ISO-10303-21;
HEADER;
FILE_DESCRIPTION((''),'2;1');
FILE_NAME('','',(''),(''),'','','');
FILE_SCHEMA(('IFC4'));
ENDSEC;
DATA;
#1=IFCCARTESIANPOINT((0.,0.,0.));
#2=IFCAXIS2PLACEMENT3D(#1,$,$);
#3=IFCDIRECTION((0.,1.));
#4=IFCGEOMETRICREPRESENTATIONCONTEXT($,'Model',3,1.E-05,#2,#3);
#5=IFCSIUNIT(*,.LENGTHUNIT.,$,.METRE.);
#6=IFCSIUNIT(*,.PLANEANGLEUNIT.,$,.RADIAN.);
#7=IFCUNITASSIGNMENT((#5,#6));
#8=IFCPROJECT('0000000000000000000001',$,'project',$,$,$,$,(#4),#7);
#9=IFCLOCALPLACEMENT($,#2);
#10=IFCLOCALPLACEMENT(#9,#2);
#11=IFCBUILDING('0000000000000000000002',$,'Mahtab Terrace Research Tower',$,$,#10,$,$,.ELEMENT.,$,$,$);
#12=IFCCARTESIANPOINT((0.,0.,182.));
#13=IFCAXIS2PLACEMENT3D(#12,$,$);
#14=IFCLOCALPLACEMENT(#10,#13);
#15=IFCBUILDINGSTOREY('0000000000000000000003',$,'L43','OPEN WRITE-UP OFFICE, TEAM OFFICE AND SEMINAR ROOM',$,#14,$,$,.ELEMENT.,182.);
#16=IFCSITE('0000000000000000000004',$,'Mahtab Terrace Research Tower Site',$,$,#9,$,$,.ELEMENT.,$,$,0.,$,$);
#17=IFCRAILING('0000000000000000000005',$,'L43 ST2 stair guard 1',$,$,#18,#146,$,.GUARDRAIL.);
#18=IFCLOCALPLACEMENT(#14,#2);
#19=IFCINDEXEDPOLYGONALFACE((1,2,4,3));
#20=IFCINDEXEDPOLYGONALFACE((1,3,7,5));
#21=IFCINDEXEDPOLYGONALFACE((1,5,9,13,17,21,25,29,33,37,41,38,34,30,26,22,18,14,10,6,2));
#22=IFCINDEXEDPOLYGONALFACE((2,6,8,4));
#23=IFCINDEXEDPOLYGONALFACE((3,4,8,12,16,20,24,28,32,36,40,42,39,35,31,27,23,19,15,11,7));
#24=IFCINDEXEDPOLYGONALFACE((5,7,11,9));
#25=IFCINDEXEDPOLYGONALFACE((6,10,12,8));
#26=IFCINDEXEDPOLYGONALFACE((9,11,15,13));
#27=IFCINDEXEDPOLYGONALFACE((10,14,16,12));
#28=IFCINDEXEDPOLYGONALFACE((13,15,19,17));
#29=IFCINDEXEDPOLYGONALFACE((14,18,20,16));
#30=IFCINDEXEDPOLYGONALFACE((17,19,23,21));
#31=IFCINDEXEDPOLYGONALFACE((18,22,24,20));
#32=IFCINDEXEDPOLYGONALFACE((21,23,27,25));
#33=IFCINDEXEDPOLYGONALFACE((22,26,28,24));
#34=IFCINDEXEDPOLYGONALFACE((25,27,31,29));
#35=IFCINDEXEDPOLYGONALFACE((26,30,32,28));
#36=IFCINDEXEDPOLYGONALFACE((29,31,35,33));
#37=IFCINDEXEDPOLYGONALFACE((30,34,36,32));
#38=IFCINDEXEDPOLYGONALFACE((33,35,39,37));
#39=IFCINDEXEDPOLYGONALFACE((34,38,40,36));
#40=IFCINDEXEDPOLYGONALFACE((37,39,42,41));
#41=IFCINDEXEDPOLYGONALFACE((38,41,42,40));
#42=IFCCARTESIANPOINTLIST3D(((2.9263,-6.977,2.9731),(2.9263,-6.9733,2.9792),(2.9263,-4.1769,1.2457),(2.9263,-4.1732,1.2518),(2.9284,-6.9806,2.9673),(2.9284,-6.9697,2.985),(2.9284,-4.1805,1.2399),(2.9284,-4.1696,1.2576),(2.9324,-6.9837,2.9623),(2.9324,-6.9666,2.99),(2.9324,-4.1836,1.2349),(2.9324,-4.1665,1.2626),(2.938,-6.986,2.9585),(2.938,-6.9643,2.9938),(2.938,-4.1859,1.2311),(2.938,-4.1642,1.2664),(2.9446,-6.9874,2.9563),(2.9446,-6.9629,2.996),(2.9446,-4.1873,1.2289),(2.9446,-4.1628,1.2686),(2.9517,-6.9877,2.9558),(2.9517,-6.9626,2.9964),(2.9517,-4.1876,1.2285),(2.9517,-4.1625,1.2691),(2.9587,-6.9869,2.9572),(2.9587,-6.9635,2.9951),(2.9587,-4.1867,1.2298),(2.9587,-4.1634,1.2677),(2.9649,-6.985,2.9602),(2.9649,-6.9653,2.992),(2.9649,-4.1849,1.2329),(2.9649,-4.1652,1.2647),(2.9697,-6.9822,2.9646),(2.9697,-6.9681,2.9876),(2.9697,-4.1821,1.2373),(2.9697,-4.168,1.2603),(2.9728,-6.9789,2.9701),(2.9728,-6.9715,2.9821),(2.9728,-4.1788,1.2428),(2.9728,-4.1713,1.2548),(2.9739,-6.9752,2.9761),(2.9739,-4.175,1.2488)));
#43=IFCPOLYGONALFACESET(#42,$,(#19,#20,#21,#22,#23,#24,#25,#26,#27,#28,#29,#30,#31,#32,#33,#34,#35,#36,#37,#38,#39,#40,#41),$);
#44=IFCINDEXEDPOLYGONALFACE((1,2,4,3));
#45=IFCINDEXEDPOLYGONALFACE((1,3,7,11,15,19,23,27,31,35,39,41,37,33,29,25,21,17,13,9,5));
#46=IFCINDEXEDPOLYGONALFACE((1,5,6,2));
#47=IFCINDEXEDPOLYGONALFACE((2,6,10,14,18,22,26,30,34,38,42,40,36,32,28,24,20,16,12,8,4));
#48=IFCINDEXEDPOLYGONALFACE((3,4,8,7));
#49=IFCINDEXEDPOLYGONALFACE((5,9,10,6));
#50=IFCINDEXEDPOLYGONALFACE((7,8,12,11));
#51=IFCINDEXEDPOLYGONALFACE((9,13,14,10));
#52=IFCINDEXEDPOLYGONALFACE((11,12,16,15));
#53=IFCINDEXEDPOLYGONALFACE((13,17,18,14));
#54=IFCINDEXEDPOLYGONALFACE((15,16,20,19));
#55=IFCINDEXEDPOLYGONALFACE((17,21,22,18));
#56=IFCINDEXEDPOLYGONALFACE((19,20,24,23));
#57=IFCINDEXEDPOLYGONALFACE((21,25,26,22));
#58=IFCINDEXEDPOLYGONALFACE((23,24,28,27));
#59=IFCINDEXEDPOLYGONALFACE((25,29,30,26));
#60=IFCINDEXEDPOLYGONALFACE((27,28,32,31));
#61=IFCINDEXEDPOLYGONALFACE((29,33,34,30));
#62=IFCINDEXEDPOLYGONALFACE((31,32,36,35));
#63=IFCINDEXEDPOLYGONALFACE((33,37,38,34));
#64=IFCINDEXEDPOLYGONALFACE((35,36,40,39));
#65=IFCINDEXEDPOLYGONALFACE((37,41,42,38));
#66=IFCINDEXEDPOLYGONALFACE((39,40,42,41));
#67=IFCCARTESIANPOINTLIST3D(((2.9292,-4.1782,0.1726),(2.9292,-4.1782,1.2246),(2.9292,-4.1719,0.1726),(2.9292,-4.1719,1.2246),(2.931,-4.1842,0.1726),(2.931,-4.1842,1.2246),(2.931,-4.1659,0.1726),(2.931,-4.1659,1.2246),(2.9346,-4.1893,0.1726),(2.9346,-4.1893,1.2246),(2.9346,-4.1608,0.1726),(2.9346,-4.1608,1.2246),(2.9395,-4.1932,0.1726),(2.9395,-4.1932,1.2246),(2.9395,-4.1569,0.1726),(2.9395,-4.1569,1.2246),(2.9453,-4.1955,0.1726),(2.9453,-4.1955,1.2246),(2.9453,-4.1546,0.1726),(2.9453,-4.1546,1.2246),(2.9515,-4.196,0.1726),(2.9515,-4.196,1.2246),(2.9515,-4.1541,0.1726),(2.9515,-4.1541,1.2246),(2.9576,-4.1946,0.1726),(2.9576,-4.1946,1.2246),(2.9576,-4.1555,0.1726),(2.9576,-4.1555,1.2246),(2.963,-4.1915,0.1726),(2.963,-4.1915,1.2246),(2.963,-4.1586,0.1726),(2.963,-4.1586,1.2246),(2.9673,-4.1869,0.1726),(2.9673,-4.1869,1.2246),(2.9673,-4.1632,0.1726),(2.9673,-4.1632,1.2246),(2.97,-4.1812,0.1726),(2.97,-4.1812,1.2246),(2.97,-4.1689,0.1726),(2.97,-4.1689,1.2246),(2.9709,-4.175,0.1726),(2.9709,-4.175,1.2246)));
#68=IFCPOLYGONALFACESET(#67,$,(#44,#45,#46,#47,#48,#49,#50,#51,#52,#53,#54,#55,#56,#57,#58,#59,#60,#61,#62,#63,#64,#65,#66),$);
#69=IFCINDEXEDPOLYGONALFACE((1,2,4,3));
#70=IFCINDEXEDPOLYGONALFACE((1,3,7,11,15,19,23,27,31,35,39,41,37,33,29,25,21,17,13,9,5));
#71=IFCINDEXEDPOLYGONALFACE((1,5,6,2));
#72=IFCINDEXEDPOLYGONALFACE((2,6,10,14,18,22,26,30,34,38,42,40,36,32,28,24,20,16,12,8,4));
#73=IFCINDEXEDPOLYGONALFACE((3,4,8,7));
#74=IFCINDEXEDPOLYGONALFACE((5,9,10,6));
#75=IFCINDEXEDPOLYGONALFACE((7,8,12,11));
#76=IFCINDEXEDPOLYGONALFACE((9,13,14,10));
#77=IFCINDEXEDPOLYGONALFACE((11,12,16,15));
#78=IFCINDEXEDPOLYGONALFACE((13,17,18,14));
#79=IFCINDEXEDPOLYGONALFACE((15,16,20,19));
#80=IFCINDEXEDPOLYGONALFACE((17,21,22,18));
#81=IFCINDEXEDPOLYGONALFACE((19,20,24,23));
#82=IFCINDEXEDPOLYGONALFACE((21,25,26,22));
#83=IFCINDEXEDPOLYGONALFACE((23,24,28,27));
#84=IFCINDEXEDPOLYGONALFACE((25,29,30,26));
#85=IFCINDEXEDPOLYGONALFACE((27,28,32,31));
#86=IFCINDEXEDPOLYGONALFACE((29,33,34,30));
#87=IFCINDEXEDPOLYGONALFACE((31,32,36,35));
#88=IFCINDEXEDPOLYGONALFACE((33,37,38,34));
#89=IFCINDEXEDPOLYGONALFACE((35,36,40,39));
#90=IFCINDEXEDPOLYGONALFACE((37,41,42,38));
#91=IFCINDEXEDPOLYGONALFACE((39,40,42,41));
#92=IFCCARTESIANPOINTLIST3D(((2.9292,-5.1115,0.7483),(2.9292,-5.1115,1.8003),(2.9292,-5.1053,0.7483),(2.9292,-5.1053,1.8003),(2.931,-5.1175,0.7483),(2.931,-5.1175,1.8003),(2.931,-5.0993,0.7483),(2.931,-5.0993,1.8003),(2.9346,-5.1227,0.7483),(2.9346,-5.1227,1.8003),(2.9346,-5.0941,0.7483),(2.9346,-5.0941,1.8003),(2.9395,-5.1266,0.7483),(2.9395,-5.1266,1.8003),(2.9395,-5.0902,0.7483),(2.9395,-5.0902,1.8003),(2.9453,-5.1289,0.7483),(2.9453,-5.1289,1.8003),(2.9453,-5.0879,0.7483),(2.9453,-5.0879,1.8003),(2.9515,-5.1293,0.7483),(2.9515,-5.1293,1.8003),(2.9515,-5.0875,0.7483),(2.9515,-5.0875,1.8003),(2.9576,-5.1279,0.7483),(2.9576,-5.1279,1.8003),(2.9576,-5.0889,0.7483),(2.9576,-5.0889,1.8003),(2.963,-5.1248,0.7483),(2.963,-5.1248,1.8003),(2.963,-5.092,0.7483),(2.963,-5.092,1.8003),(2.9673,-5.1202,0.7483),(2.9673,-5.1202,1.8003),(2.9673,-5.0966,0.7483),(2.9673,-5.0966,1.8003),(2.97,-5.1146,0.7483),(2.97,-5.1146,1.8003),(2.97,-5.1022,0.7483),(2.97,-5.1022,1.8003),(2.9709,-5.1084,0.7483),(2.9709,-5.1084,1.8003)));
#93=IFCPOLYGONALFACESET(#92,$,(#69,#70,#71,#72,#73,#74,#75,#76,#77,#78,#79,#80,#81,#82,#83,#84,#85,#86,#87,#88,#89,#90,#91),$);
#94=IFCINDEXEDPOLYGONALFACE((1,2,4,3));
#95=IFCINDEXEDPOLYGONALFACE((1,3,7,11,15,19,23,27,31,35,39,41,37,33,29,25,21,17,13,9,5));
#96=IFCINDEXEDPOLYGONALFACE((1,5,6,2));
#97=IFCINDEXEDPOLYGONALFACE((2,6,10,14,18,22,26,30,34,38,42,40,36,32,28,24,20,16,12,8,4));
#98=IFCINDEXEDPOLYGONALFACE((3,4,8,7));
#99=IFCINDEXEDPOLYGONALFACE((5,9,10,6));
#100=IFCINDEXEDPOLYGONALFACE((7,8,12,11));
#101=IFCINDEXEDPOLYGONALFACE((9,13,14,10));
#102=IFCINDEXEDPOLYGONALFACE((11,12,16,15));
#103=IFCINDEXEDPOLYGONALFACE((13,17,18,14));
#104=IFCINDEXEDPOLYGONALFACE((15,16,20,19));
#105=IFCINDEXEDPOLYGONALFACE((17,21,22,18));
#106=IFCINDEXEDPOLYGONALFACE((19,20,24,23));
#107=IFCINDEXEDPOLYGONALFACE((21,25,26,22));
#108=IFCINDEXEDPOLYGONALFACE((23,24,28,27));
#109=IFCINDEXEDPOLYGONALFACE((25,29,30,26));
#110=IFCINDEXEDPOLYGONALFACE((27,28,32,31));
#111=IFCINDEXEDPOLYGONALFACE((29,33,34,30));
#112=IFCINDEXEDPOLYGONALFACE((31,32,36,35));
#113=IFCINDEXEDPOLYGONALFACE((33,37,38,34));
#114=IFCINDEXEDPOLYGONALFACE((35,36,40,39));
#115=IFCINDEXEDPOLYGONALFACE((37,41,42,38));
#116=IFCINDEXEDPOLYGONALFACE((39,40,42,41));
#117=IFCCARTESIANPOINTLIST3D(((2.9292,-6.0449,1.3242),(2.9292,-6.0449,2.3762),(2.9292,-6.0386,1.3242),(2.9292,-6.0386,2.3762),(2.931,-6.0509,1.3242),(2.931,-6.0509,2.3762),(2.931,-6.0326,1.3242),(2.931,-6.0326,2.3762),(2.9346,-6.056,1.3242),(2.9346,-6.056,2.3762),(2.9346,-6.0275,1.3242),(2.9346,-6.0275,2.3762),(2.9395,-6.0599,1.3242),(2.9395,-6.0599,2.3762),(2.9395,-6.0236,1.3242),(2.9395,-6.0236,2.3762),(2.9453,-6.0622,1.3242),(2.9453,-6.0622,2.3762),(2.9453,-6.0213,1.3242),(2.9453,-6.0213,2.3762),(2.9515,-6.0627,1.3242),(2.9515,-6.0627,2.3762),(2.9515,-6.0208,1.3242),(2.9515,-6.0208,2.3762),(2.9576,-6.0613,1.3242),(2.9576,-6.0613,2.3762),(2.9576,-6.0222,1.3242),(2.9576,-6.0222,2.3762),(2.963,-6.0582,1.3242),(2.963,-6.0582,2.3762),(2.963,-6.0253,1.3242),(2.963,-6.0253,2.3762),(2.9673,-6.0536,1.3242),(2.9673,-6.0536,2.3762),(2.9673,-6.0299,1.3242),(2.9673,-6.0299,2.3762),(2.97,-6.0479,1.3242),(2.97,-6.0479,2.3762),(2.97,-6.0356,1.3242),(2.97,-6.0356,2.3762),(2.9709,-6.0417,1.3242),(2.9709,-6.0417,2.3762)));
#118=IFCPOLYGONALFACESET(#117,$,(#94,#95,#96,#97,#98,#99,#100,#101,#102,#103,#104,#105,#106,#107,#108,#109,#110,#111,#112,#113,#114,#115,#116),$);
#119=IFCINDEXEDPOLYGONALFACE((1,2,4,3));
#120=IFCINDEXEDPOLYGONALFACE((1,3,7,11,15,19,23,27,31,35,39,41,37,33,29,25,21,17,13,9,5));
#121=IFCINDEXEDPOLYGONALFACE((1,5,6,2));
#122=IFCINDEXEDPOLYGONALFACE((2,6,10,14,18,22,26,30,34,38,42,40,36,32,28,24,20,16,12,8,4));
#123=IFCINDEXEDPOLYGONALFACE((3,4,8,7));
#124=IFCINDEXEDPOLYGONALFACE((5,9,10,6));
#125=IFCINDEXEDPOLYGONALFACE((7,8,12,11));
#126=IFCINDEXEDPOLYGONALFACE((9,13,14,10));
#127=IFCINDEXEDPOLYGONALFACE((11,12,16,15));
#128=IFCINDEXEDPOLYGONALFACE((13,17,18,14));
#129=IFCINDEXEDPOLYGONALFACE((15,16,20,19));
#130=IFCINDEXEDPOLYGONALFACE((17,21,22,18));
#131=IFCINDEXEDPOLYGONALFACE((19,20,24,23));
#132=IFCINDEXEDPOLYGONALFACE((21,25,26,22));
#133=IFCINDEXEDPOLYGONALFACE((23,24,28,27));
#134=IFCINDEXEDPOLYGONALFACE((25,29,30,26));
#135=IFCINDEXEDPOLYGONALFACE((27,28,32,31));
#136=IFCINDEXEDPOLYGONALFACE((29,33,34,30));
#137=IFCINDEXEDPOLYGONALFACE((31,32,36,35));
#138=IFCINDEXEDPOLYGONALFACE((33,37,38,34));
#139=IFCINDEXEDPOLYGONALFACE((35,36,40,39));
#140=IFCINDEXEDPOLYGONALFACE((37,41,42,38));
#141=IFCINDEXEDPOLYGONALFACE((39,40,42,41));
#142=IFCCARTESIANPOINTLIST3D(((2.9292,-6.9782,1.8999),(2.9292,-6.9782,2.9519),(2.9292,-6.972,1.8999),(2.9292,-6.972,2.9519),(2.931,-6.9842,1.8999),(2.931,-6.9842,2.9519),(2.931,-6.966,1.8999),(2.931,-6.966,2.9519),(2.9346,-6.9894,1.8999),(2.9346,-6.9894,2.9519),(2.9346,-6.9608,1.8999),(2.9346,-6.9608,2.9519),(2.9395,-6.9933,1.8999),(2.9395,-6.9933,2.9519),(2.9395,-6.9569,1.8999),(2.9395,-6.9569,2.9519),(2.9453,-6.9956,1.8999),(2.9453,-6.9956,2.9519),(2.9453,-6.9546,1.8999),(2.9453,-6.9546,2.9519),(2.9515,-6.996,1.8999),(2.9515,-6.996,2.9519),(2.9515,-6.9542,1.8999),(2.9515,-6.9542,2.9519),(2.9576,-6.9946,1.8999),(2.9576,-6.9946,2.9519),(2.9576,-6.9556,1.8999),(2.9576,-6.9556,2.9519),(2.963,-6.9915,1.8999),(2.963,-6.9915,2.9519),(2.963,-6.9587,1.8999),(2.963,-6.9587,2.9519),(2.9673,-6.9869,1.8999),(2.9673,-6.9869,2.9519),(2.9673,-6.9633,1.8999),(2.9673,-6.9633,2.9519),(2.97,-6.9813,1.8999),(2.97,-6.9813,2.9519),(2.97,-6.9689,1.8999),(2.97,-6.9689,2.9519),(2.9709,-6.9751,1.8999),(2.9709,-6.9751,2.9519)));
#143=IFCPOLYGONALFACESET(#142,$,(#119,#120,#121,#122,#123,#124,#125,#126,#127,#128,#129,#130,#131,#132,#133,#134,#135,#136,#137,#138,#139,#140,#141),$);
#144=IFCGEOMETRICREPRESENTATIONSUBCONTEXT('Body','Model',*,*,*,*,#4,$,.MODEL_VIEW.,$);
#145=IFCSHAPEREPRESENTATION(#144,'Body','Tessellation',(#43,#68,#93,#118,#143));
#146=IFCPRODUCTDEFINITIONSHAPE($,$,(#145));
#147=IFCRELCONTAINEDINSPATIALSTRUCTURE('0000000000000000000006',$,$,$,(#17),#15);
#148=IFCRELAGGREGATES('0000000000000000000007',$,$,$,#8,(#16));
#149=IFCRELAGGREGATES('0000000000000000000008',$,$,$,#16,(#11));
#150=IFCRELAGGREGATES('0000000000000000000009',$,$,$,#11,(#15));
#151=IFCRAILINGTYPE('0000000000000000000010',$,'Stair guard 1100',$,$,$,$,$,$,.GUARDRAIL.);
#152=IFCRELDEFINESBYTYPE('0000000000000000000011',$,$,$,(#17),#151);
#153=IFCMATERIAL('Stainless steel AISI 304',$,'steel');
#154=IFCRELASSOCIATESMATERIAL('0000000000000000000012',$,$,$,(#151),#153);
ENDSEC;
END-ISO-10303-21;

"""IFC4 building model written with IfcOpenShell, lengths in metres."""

from ifc_helpers import new_model, si_unit, direction, frame, origin, origin_2d, place, context, subcontext, project, spatial, circle, extrude, material, type_object, element, save


model = new_model("IFC4")

# Units and contexts
model_context = context("Model", 3, precision=1e-05, world=origin(), true_north=direction((0.0, 1.0)))
body_context = subcontext(model_context, "Body", "Model", "MODEL_VIEW")
ifc_project = project(units=[si_unit("LENGTHUNIT", "METRE"), si_unit("PLANEANGLEUNIT", "RADIAN")], contexts=[model_context])

# Site, building, storey
site_placement = place(None, origin())
site = spatial("IfcSite", under=ifc_project, at=site_placement, Name="Mahtab Terrace Research Tower Site", CompositionType="ELEMENT", RefElevation=0.0)
building_placement = place(site_placement, origin())
building = spatial("IfcBuilding", under=site, at=building_placement, Name="Mahtab Terrace Research Tower", CompositionType="ELEMENT")
storey_placement = place(building_placement, frame((0.0, 0.0, 182.0)))
storey = spatial("IfcBuildingStorey", under=building, at=storey_placement, Name="L43", Description="OPEN WRITE-UP OFFICE, TEAM OFFICE AND SEMINAR ROOM", CompositionType="ELEMENT", Elevation=182.0)

# Railing
ifc_material_1 = material(Name="Stainless steel AISI 304", Category="steel")
railing_type_1 = type_object("IfcRailingType", Name="Stair guard 1100", PredefinedType="GUARDRAIL", material=ifc_material_1)
railing_1_placement = place(storey_placement, frame((2.95, -4.175, 0.1726)))
element("IfcRailing", 1, at=railing_1_placement, inside=storey, type_object=railing_type_1, Name="L43 ST2 stair guard 1", PredefinedType="GUARDRAIL", context=body_context, shape_type="SweptSolid", body=[
    extrude(circle(Radius=0.0239, at=origin_2d()), frame((0.0, 0.0, 1.0762), z_axis=(0.0, -0.85109, 0.52502), x_axis=(1.0, 0.0, 0.0)), (0.0, 0.0, 1.0), 3.29),
    extrude(circle(Radius=0.021, at=origin_2d()), origin(), (0.0, 0.0, 1.0), 1.052),
    extrude(circle(Radius=0.021, at=origin_2d()), frame((0.0, -0.9333, 0.5757)), (0.0, 0.0, 1.0), 1.052),
    extrude(circle(Radius=0.021, at=origin_2d()), frame((0.0, -1.8667, 1.1516)), (0.0, 0.0, 1.0), 1.052),
    extrude(circle(Radius=0.021, at=origin_2d()), frame((0.0, -2.8, 1.7273)), (0.0, 0.0, 1.0), 1.052),
])

save(model, "model.ifc")
